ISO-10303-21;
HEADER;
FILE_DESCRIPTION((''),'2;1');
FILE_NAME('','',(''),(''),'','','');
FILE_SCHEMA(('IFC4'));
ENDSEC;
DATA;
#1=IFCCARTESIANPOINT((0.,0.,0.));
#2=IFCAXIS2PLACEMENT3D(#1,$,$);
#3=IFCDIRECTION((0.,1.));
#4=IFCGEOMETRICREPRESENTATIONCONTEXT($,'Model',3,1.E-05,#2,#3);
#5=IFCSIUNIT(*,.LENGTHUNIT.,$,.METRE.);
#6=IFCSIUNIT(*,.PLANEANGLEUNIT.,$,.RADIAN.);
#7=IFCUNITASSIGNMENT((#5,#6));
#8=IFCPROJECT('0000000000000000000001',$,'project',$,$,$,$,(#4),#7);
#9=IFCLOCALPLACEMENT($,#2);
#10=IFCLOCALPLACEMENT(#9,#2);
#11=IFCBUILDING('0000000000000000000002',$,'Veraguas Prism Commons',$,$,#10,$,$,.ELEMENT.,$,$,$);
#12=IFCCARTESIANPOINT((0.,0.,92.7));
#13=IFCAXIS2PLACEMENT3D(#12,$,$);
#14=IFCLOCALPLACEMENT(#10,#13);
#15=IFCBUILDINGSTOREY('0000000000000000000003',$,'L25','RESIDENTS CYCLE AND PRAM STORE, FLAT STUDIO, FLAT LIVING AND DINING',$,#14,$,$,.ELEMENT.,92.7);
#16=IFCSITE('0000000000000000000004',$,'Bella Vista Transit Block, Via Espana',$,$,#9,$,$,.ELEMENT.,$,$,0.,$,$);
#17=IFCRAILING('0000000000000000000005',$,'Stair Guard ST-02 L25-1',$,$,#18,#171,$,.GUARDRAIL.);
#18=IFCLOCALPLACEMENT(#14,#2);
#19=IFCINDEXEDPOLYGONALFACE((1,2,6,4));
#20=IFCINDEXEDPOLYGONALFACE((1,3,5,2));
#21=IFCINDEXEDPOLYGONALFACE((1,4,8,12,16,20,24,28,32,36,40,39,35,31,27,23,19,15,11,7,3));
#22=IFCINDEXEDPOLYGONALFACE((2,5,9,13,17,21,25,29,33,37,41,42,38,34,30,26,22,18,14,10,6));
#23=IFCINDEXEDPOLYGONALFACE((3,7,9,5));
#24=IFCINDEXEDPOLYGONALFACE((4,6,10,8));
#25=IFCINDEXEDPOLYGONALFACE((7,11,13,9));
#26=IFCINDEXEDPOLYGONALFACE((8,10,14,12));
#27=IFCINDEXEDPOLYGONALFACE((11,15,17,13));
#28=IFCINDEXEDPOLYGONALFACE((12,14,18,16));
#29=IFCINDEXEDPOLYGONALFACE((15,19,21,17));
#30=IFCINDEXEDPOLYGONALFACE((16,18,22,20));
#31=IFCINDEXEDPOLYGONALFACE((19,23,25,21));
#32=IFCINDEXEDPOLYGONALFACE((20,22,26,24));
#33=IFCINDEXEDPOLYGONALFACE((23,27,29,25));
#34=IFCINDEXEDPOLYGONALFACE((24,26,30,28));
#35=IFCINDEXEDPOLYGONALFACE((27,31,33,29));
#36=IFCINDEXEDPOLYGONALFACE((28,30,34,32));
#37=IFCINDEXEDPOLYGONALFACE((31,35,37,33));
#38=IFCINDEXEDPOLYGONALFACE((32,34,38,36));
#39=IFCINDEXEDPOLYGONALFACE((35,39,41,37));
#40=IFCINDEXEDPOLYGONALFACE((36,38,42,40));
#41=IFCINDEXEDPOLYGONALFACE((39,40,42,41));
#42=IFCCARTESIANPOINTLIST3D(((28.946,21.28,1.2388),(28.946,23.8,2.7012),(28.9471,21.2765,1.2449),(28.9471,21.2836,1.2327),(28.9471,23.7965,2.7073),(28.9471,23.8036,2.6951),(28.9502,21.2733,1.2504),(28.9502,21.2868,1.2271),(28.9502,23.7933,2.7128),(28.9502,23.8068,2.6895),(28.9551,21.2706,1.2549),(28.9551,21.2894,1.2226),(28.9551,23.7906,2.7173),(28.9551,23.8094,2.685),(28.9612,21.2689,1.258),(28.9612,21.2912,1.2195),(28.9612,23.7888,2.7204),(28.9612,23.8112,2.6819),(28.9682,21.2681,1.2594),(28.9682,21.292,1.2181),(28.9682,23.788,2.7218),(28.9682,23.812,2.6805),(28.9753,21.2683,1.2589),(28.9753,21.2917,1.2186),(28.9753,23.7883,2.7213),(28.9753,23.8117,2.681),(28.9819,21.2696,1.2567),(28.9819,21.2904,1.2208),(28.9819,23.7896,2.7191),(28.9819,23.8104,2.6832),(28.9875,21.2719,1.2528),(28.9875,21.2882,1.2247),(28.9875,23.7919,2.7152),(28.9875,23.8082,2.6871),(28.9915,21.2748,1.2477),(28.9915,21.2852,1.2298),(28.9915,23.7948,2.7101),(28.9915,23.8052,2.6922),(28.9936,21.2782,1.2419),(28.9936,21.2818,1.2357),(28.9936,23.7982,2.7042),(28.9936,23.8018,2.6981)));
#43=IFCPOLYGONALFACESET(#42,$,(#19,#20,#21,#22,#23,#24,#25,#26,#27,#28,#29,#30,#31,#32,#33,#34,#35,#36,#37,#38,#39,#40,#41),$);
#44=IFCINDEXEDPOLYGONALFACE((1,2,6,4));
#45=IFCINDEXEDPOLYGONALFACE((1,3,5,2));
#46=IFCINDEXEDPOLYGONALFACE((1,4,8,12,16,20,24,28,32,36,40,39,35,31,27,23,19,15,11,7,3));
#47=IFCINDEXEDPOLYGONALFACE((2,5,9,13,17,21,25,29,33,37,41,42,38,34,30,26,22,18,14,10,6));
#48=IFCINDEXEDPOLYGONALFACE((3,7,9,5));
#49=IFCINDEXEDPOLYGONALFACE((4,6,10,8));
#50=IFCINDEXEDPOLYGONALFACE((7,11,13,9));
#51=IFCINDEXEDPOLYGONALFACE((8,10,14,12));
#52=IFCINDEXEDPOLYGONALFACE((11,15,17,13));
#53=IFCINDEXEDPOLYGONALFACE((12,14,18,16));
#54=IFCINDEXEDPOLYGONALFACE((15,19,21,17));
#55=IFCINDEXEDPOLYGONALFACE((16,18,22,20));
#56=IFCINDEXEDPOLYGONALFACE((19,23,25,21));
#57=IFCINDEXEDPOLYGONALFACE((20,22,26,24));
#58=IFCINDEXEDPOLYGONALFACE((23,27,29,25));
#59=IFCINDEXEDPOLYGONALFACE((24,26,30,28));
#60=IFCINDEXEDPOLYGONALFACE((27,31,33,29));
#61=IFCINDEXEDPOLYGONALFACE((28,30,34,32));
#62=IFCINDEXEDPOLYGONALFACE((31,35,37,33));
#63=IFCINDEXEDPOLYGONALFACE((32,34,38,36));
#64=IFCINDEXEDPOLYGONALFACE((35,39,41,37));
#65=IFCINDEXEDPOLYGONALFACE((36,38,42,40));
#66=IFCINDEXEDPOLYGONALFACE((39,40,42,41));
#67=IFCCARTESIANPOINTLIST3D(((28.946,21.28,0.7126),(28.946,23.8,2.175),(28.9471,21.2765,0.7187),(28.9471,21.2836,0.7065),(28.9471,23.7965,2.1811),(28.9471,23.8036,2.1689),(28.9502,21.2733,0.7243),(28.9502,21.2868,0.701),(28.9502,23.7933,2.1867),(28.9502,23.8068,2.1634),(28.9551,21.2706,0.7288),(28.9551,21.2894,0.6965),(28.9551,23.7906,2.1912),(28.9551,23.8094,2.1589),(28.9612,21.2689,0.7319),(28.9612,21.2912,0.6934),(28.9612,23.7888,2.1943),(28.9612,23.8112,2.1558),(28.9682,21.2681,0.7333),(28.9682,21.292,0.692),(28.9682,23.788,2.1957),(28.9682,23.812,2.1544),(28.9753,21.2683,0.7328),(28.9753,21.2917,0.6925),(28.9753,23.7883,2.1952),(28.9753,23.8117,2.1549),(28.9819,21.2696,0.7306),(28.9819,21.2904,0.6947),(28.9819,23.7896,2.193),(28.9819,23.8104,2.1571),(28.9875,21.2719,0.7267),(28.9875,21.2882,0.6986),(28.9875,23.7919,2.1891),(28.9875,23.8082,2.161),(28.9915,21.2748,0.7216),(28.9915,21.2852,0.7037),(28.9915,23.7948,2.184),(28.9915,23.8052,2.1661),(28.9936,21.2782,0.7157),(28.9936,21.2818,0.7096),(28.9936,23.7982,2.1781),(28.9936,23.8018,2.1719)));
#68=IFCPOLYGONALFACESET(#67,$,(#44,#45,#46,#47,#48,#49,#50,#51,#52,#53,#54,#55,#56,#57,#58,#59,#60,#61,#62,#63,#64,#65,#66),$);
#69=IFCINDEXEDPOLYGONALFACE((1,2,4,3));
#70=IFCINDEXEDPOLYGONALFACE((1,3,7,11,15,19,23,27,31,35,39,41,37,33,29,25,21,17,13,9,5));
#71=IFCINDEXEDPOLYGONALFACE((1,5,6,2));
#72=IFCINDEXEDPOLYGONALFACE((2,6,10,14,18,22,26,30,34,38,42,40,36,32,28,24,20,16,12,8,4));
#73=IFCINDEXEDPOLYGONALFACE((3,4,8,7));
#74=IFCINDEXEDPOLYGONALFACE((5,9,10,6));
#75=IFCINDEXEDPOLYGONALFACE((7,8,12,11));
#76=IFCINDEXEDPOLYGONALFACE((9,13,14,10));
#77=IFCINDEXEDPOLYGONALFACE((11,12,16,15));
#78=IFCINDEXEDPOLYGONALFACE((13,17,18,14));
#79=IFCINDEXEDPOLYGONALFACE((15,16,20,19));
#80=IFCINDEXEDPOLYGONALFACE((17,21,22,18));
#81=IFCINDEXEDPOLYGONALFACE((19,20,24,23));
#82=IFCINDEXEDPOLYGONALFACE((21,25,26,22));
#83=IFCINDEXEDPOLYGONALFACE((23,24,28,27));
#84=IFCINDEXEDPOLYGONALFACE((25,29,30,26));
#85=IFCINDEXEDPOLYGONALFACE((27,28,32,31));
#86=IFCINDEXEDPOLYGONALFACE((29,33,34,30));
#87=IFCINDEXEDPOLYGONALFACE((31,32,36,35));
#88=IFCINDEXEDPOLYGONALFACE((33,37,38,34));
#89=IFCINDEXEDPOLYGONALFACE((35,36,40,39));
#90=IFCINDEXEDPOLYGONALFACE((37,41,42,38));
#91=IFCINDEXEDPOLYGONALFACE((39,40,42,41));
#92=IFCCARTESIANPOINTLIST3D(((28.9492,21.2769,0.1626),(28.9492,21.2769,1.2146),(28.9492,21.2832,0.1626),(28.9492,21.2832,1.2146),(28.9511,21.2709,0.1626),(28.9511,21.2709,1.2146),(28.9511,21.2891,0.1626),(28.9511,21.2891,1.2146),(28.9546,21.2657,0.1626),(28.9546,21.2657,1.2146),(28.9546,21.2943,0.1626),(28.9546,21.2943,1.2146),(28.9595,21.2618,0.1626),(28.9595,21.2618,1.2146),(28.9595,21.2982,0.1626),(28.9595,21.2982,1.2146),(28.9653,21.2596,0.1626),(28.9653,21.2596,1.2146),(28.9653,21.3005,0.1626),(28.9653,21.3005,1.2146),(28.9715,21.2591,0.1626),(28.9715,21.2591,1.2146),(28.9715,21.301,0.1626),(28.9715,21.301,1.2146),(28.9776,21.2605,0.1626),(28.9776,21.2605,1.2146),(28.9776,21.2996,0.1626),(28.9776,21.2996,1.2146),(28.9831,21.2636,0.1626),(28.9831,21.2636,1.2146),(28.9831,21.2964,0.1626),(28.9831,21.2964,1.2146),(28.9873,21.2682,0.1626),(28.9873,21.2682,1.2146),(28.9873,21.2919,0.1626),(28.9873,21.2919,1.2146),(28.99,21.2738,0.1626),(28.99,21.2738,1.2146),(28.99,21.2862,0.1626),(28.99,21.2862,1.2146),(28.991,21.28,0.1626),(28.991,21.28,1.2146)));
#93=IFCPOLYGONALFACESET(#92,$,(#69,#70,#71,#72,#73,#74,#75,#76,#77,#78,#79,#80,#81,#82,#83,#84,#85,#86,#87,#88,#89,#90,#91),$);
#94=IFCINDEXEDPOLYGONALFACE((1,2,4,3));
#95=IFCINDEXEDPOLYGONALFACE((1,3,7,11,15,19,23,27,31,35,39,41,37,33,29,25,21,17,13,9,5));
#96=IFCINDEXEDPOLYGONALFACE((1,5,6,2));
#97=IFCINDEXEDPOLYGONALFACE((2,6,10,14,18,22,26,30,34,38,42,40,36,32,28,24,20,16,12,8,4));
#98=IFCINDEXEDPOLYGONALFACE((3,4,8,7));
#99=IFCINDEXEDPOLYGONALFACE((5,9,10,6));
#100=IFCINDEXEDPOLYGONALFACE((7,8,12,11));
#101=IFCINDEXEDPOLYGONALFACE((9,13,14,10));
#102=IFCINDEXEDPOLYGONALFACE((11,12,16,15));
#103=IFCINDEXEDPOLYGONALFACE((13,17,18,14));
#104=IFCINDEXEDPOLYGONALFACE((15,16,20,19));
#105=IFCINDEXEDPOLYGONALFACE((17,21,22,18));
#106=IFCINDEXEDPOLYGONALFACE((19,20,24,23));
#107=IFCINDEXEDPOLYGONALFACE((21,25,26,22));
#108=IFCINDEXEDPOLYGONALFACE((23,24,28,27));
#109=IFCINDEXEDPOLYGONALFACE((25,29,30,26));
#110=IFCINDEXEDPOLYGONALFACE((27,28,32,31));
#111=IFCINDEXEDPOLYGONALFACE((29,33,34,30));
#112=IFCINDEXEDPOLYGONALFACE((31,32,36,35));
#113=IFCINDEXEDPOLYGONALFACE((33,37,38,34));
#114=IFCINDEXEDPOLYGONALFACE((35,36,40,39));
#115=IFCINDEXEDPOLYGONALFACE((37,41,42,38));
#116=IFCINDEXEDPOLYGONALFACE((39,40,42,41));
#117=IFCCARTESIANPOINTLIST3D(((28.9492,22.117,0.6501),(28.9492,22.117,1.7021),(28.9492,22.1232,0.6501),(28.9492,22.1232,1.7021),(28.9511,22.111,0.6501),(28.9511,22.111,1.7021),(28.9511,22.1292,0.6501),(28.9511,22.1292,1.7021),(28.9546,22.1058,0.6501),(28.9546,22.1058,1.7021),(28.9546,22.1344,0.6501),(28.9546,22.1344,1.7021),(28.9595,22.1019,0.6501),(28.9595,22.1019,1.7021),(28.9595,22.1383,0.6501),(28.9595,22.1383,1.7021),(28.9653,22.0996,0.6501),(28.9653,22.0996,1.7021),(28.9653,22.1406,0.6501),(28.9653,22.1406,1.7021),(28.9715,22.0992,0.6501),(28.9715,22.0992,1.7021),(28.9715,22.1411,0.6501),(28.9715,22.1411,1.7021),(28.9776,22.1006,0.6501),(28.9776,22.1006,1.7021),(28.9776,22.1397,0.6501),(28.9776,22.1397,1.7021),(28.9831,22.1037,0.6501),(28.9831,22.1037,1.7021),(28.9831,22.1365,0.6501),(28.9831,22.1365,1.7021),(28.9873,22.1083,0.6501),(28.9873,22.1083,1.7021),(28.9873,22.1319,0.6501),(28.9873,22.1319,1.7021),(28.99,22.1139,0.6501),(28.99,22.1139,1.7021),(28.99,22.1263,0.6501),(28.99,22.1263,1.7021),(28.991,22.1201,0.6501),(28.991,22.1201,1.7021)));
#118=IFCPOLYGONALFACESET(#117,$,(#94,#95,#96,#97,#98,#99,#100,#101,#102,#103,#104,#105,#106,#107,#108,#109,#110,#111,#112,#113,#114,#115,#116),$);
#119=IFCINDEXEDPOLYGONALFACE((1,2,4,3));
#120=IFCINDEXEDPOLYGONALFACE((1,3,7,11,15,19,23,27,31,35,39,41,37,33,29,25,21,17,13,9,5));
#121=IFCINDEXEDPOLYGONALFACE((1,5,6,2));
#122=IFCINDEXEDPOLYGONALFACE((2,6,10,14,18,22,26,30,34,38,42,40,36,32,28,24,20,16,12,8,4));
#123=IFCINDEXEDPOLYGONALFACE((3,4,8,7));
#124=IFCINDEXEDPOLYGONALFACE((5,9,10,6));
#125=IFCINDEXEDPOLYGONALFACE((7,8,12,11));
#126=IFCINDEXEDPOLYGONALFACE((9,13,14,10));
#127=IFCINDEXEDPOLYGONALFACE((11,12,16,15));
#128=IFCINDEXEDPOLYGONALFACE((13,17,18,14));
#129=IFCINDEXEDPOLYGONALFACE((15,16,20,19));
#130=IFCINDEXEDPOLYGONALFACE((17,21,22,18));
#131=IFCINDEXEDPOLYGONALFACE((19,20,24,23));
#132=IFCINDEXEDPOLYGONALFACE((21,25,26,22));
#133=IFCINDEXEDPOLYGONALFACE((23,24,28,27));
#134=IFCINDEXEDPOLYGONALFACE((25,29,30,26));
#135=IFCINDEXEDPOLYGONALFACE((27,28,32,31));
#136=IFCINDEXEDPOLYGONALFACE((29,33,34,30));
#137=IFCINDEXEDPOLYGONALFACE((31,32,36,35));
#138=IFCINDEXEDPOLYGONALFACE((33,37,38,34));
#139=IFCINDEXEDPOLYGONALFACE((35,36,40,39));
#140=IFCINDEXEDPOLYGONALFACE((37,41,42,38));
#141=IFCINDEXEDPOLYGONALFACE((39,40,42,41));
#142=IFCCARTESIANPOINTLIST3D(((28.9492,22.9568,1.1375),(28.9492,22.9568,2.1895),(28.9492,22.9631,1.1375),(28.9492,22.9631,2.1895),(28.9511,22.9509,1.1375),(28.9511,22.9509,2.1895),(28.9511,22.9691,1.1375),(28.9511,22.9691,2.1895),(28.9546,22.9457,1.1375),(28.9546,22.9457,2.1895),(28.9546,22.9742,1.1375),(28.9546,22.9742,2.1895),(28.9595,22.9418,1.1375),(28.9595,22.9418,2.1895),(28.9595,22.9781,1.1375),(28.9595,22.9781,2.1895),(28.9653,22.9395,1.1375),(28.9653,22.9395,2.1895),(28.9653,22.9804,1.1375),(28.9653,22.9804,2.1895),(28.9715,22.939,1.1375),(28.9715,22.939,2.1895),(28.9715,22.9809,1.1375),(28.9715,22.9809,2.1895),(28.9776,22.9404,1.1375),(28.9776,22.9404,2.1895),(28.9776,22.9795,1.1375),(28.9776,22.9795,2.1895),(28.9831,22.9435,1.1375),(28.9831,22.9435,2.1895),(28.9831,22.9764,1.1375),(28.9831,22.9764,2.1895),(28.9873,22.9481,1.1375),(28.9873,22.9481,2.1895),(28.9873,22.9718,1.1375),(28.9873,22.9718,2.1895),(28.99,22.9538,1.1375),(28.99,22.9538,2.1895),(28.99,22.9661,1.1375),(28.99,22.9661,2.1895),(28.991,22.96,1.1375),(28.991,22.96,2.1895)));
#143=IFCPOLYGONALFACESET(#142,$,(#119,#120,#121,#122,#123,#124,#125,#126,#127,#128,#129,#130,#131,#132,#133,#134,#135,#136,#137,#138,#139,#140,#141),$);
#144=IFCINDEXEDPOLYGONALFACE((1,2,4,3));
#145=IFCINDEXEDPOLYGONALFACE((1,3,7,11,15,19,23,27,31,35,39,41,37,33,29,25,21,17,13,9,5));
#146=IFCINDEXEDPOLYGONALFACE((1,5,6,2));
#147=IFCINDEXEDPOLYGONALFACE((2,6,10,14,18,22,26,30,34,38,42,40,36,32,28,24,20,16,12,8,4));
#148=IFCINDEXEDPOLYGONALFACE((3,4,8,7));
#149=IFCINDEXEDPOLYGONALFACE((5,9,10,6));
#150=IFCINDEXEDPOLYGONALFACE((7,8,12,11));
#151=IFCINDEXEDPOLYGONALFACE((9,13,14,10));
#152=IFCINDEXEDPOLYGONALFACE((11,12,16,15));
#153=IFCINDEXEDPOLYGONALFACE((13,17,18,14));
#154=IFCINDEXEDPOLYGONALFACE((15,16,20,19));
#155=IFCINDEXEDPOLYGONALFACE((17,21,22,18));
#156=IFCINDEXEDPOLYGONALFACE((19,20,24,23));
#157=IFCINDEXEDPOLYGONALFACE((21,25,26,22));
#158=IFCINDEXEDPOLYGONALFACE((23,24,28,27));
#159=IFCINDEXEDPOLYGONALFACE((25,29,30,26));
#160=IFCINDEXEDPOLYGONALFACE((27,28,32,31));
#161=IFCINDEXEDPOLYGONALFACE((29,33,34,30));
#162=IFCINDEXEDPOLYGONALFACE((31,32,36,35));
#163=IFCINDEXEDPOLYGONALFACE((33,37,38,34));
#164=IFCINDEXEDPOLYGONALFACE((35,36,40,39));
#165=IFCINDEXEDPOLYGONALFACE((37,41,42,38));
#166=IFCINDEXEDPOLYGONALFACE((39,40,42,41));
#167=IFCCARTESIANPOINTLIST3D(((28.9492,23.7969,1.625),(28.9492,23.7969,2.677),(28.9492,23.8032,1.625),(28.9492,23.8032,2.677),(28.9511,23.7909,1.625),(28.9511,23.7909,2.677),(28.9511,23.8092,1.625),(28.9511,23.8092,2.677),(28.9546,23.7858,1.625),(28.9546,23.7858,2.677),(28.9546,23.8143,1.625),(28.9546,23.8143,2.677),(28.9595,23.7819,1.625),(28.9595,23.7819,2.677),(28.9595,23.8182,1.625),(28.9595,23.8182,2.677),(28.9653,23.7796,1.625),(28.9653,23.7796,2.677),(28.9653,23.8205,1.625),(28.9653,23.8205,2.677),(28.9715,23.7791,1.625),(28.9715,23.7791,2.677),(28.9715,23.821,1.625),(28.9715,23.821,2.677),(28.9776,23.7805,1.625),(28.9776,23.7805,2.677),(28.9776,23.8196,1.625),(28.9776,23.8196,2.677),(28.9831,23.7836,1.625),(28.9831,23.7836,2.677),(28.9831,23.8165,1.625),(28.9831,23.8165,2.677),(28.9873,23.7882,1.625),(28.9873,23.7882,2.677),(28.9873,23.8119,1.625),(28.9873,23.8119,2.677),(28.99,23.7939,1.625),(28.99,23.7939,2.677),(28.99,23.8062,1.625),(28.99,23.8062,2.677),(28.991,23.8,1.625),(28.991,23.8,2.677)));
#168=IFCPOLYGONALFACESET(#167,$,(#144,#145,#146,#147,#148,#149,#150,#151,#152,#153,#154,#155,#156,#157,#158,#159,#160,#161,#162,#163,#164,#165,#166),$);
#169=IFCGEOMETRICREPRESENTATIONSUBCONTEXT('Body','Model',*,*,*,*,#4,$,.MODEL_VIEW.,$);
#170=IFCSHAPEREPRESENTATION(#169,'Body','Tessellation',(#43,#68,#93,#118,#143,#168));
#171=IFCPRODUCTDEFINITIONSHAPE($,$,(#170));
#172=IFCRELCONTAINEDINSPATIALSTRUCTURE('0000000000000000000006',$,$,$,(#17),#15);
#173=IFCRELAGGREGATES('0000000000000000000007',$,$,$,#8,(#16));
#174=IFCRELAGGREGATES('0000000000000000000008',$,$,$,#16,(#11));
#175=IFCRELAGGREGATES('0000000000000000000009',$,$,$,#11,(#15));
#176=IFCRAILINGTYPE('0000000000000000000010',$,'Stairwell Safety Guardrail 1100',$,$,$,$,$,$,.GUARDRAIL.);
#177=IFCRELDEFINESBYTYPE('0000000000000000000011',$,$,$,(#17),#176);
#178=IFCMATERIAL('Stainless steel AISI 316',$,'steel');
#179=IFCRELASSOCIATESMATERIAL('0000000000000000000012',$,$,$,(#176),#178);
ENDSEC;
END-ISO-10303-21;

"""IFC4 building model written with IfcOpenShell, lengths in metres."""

from ifc_helpers import new_model, si_unit, direction, frame, origin, origin_2d, place, context, subcontext, project, spatial, circle, extrude, material, type_object, element, save


model = new_model("IFC4")

# Units and contexts
model_context = context("Model", 3, precision=1e-05, world=origin(), true_north=direction((0.0, 1.0)))
body_context = subcontext(model_context, "Body", "Model", "MODEL_VIEW")
ifc_project = project(units=[si_unit("LENGTHUNIT", "METRE"), si_unit("PLANEANGLEUNIT", "RADIAN")], contexts=[model_context])

# Site, building, storey
site_placement = place(None, origin())
site = spatial("IfcSite", under=ifc_project, at=site_placement, Name="Bella Vista Transit Block, Via Espana", CompositionType="ELEMENT", RefElevation=0.0)
building_placement = place(site_placement, origin())
building = spatial("IfcBuilding", under=site, at=building_placement, Name="Veraguas Prism Commons", CompositionType="ELEMENT")
storey_placement = place(building_placement, frame((0.0, 0.0, 92.7)))
storey = spatial("IfcBuildingStorey", under=building, at=storey_placement, Name="L25", Description="RESIDENTS CYCLE AND PRAM STORE, FLAT STUDIO, FLAT LIVING AND DINING", CompositionType="ELEMENT", Elevation=92.7)

# Shared definitions
ifc_material_1 = material(Name="Stainless steel AISI 316", Category="steel")

# Railing
railing_type_1 = type_object("IfcRailingType", Name="Stairwell Safety Guardrail 1100", PredefinedType="GUARDRAIL", material=ifc_material_1)
railing_1_placement = place(storey_placement, frame((28.97, 21.28, 0.1626)))
element("IfcRailing", 1, at=railing_1_placement, inside=storey, type_object=railing_type_1, Name="Stair Guard ST-02 L25-1", PredefinedType="GUARDRAIL", context=body_context, shape_type="SweptSolid", body=[
    extrude(circle(Radius=0.0239, at=origin_2d()), frame((0.0, 0.0, 1.0762), z_axis=(0.0, 0.864913, 0.501921), x_axis=(-1.0, 0.0, 0.0)), (0.0, 0.0, 1.0), 2.9136),
    extrude(circle(Radius=0.0239, at=origin_2d()), frame((0.0, 0.0, 0.55), z_axis=(0.0, 0.864913, 0.501921), x_axis=(-1.0, 0.0, 0.0)), (0.0, 0.0, 1.0), 2.9136),
    extrude(circle(Radius=0.021, at=origin_2d()), origin(), (0.0, 0.0, 1.0), 1.052),
    extrude(circle(Radius=0.021, at=origin_2d()), frame((0.0, 0.8401, 0.4875)), (0.0, 0.0, 1.0), 1.052),
    extrude(circle(Radius=0.021, at=origin_2d()), frame((0.0, 1.6799, 0.9749)), (0.0, 0.0, 1.0), 1.052),
    extrude(circle(Radius=0.021, at=origin_2d()), frame((0.0, 2.52, 1.4624)), (0.0, 0.0, 1.0), 1.052),
])

save(model, "model.ifc")
